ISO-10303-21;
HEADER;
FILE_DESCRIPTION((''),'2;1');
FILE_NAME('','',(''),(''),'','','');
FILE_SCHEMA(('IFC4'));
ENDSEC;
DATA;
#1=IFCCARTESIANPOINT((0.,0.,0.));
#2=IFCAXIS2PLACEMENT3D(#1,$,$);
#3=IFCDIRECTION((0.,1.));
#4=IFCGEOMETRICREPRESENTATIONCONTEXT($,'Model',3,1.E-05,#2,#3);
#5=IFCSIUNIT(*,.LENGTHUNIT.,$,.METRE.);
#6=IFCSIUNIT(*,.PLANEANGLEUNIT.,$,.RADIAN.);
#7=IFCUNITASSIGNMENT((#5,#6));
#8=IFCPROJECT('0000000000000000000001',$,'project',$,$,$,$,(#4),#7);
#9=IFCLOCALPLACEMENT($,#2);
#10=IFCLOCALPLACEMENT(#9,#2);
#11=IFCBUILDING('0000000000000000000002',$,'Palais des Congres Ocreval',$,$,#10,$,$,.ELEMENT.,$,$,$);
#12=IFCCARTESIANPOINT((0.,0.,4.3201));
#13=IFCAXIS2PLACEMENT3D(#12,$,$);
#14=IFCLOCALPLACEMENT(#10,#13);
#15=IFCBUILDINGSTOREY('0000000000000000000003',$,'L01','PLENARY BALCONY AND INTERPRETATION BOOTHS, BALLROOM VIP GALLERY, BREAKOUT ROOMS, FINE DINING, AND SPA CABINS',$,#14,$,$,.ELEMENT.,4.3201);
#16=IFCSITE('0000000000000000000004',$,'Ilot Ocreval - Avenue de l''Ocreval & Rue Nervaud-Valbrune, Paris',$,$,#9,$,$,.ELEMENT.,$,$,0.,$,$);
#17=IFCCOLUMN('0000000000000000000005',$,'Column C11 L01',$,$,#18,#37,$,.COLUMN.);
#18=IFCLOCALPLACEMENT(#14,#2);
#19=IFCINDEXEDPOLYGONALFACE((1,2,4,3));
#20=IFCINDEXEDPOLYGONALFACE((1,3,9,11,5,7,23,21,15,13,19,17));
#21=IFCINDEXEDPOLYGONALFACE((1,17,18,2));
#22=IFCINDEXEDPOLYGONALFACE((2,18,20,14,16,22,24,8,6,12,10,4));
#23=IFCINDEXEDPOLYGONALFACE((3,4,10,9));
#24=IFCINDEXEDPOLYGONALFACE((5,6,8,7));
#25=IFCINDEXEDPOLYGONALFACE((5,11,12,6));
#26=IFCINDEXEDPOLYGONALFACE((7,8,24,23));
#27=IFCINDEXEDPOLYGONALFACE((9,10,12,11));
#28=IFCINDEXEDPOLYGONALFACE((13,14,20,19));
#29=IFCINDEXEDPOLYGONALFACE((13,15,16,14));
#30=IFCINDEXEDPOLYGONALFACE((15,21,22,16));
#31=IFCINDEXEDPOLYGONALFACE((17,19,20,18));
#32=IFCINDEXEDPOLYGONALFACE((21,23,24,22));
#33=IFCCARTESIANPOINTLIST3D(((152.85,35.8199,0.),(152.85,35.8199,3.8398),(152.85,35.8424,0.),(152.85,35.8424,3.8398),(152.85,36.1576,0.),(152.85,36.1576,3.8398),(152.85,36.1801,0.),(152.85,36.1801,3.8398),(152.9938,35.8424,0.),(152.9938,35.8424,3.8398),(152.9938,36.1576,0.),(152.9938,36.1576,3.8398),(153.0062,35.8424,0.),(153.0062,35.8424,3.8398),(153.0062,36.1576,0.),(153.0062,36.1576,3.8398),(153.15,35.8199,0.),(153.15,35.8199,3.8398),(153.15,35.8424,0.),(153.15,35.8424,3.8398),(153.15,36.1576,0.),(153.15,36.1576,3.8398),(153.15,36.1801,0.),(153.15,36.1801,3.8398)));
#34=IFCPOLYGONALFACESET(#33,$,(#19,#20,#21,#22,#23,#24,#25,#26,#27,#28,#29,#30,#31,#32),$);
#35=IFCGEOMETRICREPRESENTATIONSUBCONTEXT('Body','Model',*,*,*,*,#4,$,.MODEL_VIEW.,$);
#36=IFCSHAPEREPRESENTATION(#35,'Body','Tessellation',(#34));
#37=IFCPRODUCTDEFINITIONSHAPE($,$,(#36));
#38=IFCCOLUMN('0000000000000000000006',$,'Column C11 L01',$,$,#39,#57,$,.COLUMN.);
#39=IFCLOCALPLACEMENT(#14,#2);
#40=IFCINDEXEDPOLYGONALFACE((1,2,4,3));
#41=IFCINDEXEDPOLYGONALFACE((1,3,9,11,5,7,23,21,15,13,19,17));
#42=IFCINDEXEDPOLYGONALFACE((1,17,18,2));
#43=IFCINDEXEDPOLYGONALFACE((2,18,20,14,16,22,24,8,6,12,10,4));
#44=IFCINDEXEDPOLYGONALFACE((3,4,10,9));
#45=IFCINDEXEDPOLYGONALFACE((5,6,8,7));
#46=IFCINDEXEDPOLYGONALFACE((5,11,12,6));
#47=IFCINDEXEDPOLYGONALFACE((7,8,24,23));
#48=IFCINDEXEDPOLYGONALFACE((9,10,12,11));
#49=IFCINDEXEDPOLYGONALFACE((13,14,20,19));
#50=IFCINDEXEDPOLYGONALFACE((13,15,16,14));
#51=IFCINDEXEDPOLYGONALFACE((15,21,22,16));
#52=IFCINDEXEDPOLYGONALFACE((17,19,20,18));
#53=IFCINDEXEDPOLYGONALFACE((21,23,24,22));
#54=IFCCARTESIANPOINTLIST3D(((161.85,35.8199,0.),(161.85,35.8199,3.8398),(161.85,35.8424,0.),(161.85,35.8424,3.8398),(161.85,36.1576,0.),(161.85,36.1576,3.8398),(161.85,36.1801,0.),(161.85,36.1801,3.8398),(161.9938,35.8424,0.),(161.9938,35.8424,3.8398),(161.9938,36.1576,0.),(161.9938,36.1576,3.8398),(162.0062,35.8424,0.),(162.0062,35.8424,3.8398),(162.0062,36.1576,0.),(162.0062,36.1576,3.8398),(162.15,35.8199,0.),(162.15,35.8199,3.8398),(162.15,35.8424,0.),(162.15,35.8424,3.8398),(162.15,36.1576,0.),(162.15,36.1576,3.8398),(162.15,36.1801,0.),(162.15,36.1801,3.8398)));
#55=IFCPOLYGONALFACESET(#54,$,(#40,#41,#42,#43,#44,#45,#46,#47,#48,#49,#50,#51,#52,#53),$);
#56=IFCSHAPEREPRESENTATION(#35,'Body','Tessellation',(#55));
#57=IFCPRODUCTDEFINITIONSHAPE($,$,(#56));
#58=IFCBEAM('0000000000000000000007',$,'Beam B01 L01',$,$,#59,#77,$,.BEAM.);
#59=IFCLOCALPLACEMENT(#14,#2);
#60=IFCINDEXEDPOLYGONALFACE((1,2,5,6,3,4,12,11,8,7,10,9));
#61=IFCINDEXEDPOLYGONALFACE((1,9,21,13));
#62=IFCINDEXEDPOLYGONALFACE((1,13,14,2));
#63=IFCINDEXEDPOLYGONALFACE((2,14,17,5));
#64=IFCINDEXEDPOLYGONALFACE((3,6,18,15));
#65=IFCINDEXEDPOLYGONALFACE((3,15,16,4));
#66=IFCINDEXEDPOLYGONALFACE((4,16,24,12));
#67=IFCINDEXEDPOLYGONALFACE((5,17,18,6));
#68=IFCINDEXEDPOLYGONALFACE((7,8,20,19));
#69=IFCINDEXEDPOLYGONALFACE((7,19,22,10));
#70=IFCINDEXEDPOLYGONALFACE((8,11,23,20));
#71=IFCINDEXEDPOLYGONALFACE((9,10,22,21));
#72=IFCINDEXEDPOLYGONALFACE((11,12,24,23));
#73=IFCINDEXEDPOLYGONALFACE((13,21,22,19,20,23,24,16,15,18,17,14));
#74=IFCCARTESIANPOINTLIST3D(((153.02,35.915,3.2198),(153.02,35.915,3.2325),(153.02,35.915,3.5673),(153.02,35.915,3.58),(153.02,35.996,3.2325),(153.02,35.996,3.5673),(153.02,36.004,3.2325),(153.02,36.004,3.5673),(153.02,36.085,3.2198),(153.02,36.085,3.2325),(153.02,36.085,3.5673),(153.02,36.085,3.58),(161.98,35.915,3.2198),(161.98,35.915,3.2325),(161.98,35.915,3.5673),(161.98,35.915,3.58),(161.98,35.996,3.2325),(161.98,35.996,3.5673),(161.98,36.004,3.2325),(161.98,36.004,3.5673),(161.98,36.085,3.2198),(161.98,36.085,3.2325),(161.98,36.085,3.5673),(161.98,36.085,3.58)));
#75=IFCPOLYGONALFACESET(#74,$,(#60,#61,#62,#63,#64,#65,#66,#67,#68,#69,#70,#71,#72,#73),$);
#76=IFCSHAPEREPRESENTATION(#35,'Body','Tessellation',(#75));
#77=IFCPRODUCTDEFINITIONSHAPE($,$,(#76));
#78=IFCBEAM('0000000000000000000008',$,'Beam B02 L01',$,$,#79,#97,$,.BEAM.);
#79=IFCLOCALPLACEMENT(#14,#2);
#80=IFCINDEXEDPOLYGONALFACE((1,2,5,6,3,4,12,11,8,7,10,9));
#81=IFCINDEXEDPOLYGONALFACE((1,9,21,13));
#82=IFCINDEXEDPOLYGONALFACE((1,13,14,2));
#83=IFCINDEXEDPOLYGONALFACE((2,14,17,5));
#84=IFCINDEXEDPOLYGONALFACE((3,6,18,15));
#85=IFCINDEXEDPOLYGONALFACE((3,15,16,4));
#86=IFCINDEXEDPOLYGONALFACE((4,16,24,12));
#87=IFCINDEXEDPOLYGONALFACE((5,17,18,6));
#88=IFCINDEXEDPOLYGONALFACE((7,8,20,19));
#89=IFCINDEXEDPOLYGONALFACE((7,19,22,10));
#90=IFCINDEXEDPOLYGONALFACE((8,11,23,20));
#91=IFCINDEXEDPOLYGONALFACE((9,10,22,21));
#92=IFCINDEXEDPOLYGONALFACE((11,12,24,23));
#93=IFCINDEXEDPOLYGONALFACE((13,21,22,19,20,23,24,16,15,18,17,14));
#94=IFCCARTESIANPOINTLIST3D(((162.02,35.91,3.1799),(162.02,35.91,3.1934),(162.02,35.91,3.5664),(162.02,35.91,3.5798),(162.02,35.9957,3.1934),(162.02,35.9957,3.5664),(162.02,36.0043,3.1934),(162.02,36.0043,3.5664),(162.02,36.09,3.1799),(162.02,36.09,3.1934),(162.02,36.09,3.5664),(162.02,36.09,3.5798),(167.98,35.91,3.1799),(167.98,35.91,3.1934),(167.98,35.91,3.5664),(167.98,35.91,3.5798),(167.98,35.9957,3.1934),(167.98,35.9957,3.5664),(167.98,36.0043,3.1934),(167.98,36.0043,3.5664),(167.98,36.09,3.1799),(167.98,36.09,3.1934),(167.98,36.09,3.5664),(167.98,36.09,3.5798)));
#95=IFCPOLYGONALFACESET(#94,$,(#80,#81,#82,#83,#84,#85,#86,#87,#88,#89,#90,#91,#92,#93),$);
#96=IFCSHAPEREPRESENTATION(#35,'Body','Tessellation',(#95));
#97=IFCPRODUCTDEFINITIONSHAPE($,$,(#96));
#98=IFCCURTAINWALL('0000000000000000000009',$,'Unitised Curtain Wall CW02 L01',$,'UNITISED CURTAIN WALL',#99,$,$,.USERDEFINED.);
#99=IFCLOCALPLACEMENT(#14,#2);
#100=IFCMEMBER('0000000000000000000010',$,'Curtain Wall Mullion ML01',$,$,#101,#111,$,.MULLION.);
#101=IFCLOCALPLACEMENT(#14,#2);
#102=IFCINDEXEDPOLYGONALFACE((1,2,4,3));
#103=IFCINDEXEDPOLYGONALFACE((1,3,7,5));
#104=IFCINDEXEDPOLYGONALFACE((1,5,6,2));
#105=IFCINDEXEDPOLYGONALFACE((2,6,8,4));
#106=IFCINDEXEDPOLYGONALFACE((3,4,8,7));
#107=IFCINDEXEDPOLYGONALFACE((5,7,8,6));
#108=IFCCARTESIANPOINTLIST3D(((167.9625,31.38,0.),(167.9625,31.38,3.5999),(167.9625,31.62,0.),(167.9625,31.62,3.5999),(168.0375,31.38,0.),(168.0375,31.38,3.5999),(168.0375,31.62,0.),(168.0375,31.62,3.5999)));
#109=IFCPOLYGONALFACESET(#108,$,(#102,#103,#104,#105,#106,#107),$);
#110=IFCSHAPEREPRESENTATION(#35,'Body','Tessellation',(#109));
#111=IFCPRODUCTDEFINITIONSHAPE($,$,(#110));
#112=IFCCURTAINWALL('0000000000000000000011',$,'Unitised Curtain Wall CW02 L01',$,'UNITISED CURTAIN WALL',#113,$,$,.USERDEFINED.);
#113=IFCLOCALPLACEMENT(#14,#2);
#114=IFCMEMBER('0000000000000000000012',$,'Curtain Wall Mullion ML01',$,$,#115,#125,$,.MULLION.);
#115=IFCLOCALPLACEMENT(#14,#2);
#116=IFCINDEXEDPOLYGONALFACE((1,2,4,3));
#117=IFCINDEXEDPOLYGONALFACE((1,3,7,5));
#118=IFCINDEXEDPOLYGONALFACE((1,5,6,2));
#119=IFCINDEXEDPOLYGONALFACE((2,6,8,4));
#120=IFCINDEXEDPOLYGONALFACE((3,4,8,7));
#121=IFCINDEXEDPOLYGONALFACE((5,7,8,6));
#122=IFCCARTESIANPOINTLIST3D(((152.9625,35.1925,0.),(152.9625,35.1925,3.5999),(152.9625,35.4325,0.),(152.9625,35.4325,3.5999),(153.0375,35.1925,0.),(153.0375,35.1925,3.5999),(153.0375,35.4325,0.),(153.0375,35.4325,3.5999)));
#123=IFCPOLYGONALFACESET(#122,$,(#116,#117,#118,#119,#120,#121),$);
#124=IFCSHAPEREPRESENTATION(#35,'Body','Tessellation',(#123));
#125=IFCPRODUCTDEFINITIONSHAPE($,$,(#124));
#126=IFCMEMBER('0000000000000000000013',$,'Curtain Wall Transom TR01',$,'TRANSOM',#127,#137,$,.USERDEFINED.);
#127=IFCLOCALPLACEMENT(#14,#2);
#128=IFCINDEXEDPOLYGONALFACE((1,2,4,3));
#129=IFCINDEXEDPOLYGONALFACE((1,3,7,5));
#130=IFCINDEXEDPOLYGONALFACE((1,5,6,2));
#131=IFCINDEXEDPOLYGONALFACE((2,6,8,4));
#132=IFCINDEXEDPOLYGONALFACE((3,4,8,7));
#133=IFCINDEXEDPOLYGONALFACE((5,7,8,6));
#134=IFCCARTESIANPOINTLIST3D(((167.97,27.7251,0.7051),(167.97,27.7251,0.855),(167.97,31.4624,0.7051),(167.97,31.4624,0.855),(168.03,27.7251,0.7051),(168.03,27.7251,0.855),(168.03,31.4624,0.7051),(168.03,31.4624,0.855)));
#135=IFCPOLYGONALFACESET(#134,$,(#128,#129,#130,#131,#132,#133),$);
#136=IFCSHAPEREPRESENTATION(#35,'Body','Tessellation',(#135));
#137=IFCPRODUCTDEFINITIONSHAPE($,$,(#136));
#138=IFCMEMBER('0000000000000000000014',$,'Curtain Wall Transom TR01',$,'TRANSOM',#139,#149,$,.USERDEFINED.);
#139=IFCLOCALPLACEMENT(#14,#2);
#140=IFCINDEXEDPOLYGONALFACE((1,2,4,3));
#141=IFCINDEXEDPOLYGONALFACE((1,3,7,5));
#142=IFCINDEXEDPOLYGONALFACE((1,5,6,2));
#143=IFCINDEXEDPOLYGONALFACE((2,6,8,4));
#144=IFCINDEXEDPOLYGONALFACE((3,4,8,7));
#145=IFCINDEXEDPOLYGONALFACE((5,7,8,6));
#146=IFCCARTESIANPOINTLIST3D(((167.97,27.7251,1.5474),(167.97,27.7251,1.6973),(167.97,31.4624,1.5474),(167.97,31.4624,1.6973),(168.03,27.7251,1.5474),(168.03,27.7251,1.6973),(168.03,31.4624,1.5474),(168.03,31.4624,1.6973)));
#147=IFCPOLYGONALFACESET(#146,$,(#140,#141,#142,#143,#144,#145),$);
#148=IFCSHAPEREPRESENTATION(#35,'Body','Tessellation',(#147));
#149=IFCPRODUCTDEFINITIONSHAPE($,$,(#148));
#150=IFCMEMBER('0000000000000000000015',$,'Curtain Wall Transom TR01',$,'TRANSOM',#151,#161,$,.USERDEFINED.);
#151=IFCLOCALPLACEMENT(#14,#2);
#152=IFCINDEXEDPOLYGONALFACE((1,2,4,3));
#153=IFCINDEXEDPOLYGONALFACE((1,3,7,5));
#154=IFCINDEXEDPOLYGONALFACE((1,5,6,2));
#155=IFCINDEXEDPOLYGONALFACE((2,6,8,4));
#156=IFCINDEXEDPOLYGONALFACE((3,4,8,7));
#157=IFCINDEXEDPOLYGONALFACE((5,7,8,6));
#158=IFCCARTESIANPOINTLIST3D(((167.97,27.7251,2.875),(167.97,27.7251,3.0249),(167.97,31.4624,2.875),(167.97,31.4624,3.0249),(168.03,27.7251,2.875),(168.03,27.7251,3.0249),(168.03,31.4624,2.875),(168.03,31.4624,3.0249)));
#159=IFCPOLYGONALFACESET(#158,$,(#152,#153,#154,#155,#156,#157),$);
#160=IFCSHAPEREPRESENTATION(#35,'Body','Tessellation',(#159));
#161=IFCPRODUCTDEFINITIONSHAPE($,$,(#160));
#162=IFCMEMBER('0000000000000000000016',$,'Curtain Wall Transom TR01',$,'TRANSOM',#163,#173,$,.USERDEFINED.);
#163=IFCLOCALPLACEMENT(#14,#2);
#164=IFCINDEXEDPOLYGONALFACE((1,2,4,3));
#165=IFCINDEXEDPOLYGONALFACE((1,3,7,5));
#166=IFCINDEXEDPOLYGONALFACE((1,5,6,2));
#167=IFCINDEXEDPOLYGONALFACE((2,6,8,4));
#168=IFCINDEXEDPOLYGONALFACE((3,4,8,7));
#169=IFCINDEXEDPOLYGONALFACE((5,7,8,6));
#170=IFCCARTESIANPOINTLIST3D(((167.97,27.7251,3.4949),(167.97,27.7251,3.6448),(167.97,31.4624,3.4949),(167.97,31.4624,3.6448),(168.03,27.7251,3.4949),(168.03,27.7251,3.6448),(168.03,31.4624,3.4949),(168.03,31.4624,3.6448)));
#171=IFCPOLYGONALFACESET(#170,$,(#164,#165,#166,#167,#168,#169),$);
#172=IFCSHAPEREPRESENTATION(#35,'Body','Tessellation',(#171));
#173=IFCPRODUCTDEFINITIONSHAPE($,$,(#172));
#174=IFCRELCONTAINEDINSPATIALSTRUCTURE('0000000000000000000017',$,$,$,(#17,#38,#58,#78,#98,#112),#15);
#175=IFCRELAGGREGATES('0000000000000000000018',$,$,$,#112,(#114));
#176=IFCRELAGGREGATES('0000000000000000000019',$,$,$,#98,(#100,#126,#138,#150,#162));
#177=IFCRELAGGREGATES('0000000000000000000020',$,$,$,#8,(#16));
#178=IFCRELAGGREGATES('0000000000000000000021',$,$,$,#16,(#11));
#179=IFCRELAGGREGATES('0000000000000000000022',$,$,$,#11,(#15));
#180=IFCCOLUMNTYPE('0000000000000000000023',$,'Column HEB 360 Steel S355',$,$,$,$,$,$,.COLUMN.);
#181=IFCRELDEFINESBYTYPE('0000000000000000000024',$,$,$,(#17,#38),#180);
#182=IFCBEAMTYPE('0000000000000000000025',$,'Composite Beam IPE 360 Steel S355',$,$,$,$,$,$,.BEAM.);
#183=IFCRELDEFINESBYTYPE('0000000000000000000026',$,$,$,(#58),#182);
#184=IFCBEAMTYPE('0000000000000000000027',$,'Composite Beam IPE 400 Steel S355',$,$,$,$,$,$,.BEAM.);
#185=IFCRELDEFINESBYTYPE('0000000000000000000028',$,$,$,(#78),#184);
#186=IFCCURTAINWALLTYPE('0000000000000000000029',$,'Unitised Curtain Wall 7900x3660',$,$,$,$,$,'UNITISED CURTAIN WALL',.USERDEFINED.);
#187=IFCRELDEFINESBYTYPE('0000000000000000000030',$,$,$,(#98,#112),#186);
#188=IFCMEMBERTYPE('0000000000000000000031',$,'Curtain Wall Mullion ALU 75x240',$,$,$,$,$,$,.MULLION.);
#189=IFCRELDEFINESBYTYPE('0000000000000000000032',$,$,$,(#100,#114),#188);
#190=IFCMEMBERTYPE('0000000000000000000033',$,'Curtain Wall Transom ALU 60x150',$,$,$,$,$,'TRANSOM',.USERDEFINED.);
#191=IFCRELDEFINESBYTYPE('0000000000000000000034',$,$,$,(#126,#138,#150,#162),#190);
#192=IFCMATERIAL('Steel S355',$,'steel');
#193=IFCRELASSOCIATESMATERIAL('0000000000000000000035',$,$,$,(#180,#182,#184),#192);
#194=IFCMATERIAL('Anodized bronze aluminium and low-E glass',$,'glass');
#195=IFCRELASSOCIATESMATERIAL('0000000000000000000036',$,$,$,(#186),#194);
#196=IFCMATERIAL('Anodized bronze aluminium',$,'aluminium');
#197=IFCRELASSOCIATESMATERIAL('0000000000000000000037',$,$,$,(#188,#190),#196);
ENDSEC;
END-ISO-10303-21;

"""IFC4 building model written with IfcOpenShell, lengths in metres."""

from ifc_helpers import new_model, si_unit, direction, frame, origin, origin_2d, place, context, subcontext, project, spatial, rectangle, i_section, extrude, material, material_profile, profile_set, type_object, element, aggregate, save


model = new_model("IFC4")

# Units and contexts
model_context = context("Model", 3, precision=1e-05, world=origin(), true_north=direction((0.0, 1.0)))
body_context = subcontext(model_context, "Body", "Model", "MODEL_VIEW")
ifc_project = project(units=[si_unit("LENGTHUNIT", "METRE"), si_unit("PLANEANGLEUNIT", "RADIAN")], contexts=[model_context])

# Site, building, storey
site_placement = place(None, origin())
site = spatial("IfcSite", under=ifc_project, at=site_placement, Name="Ilot Ocreval - Avenue de l'Ocreval & Rue Nervaud-Valbrune, Paris", CompositionType="ELEMENT", RefElevation=0.0)
building_placement = place(site_placement, origin())
building = spatial("IfcBuilding", under=site, at=building_placement, Name="Palais des Congres Ocreval", CompositionType="ELEMENT")
storey_placement = place(building_placement, frame((0.0, 0.0, 4.3201)))
storey = spatial("IfcBuildingStorey", under=building, at=storey_placement, Name="L01", Description="PLENARY BALCONY AND INTERPRETATION BOOTHS, BALLROOM VIP GALLERY, BREAKOUT ROOMS, FINE DINING, AND SPA CABINS", CompositionType="ELEMENT", Elevation=4.3201)

# Columns
ifc_material_1 = material(Name="Steel S355", Category="steel")
ifc_material_profile_1 = material_profile(ifc_material_1, i_section(OverallWidth=0.3, OverallDepth=0.3601, WebThickness=0.0125, FlangeThickness=0.0225, at=origin_2d()), Name="HEB 360")
ifc_profile_set_1 = profile_set([ifc_material_profile_1], Name="Steel S355")
column_type = type_object("IfcColumnType", Name="Column HEB 360 Steel S355", PredefinedType="COLUMN", material=ifc_profile_set_1)
for number, where, z_axis, x_axis, name in (
    (1, (153.0, 36.0, 0.0), (0.0, 0.0, 1.0), (1.0, 0.0, 0.0), "Column C11 L01"),
    (2, (162.0, 36.0, 0.0), (0.0, 0.0, 1.0), (1.0, 0.0, 0.0), "Column C11 L01"),
):
    element("IfcColumn", number, at=place(storey_placement, frame(where, z_axis=z_axis, x_axis=x_axis)), inside=storey, type_object=column_type, Name=name, PredefinedType="COLUMN", context=body_context, shape_type="SweptSolid", body=[
        extrude(i_section(OverallWidth=0.3, OverallDepth=0.3601, WebThickness=0.0125, FlangeThickness=0.0225, at=origin_2d()), origin(), (0.0, 0.0, 1.0), 3.8398),
    ])

# Beams
ifc_material_profile_2 = material_profile(ifc_material_1, i_section(OverallWidth=0.1699, OverallDepth=0.3601, WebThickness=0.0081, FlangeThickness=0.0127, at=origin_2d()), Name="IPE 360")
ifc_profile_set_2 = profile_set([ifc_material_profile_2], Name="Steel S355")
beam_type_1 = type_object("IfcBeamType", Name="Composite Beam IPE 360 Steel S355", PredefinedType="BEAM", material=ifc_profile_set_2)
beam_1_placement = place(storey_placement, frame((153.02, 36.0, 3.3999), z_axis=(1.0, 0.0, 0.0), x_axis=(0.0, 1.0, 0.0)))
element("IfcBeam", 3, at=beam_1_placement, inside=storey, type_object=beam_type_1, Name="Beam B01 L01", PredefinedType="BEAM", context=body_context, shape_type="SweptSolid", body=[
    extrude(i_section(OverallWidth=0.1699, OverallDepth=0.3601, WebThickness=0.0081, FlangeThickness=0.0127, at=origin_2d()), origin(), (0.0, 0.0, 1.0), 8.96),
])
ifc_material_profile_3 = material_profile(ifc_material_1, i_section(OverallWidth=0.1799, OverallDepth=0.3999, WebThickness=0.0085, FlangeThickness=0.0134, at=origin_2d()), Name="IPE 400")
ifc_profile_set_3 = profile_set([ifc_material_profile_3], Name="Steel S355")
beam_type_2 = type_object("IfcBeamType", Name="Composite Beam IPE 400 Steel S355", PredefinedType="BEAM", material=ifc_profile_set_3)
beam_2_placement = place(storey_placement, frame((162.02, 36.0, 3.3799), z_axis=(1.0, 0.0, 0.0), x_axis=(0.0, 1.0, 0.0)))
element("IfcBeam", 4, at=beam_2_placement, inside=storey, type_object=beam_type_2, Name="Beam B02 L01", PredefinedType="BEAM", context=body_context, shape_type="SweptSolid", body=[
    extrude(i_section(OverallWidth=0.1799, OverallDepth=0.3999, WebThickness=0.0085, FlangeThickness=0.0134, at=origin_2d()), origin(), (0.0, 0.0, 1.0), 5.96),
])

# Curtain walls, members
ifc_material_2 = material(Name="Anodized bronze aluminium and low-E glass", Category="glass")
curtain_wall_type = type_object("IfcCurtainWallType", Name="Unitised Curtain Wall 7900x3660", ElementType="UNITISED CURTAIN WALL", PredefinedType="USERDEFINED", material=ifc_material_2)
curtain_wall_1_placement = place(storey_placement, origin())
curtain_wall_1 = element("IfcCurtainWall", 5, at=curtain_wall_1_placement, inside=storey, type_object=curtain_wall_type, Name="Unitised Curtain Wall CW02 L01", ObjectType="UNITISED CURTAIN WALL", PredefinedType="USERDEFINED")
ifc_material_3 = material(Name="Anodized bronze aluminium", Category="aluminium")
ifc_material_profile_4 = material_profile(ifc_material_3, rectangle(XDim=0.075, YDim=0.24, at=origin_2d()), Name="ALU 75x240")
ifc_profile_set_4 = profile_set([ifc_material_profile_4], Name="Anodized bronze aluminium")
member_type_1 = type_object("IfcMemberType", Name="Curtain Wall Mullion ALU 75x240", PredefinedType="MULLION", material=ifc_profile_set_4)
member_1_placement = place(storey_placement, frame((168.0, 31.5, 0.0), z_axis=(0.0, 0.0, 1.0), x_axis=(1.0, 0.0, 0.0)))
member_1 = element("IfcMember", 6, at=member_1_placement, type_object=member_type_1, Name="Curtain Wall Mullion ML01", PredefinedType="MULLION", context=body_context, shape_type="SweptSolid", body=[
    extrude(rectangle(XDim=0.075, YDim=0.24, at=origin_2d()), origin(), (0.0, 0.0, 1.0), 3.5999),
])
curtain_wall_2_placement = place(storey_placement, origin())
curtain_wall_2 = element("IfcCurtainWall", 7, at=curtain_wall_2_placement, inside=storey, type_object=curtain_wall_type, Name="Unitised Curtain Wall CW02 L01", ObjectType="UNITISED CURTAIN WALL", PredefinedType="USERDEFINED")
member_2_placement = place(storey_placement, frame((153.0, 35.3125, 0.0), z_axis=(0.0, 0.0, 1.0), x_axis=(-1.0, 0.0, 0.0)))
member_2 = element("IfcMember", 8, at=member_2_placement, type_object=member_type_1, Name="Curtain Wall Mullion ML01", PredefinedType="MULLION", context=body_context, shape_type="SweptSolid", body=[
    extrude(rectangle(XDim=0.075, YDim=0.24, at=origin_2d()), origin(), (0.0, 0.0, 1.0), 3.5999),
])
aggregate(curtain_wall_2, [member_2])

# Members
ifc_material_profile_5 = material_profile(ifc_material_3, rectangle(XDim=0.0601, YDim=0.1499, at=origin_2d()), Name="ALU 60x150")
ifc_profile_set_5 = profile_set([ifc_material_profile_5], Name="Anodized bronze aluminium")
member_type_2 = type_object("IfcMemberType", Name="Curtain Wall Transom ALU 60x150", ElementType="TRANSOM", PredefinedType="USERDEFINED", material=ifc_profile_set_5)
member_3_placement = place(storey_placement, frame((168.0, 31.4624, 0.78), z_axis=(0.0, -1.0, 0.0), x_axis=(1.0, 0.0, 0.0)))
member_3 = element("IfcMember", 9, at=member_3_placement, type_object=member_type_2, Name="Curtain Wall Transom TR01", ObjectType="TRANSOM", PredefinedType="USERDEFINED", context=body_context, shape_type="SweptSolid", body=[
    extrude(rectangle(XDim=0.0601, YDim=0.1499, at=origin_2d()), origin(), (0.0, 0.0, 1.0), 3.7373),
])
member_4_placement = place(storey_placement, frame((168.0, 31.4624, 1.6223), z_axis=(0.0, -1.0, 0.0), x_axis=(1.0, 0.0, 0.0)))
member_4 = element("IfcMember", 10, at=member_4_placement, type_object=member_type_2, Name="Curtain Wall Transom TR01", ObjectType="TRANSOM", PredefinedType="USERDEFINED", context=body_context, shape_type="SweptSolid", body=[
    extrude(rectangle(XDim=0.0601, YDim=0.1499, at=origin_2d()), origin(), (0.0, 0.0, 1.0), 3.7373),
])
member_5_placement = place(storey_placement, frame((168.0, 31.4624, 2.95), z_axis=(0.0, -1.0, 0.0), x_axis=(1.0, 0.0, 0.0)))
member_5 = element("IfcMember", 11, at=member_5_placement, type_object=member_type_2, Name="Curtain Wall Transom TR01", ObjectType="TRANSOM", PredefinedType="USERDEFINED", context=body_context, shape_type="SweptSolid", body=[
    extrude(rectangle(XDim=0.0601, YDim=0.1499, at=origin_2d()), origin(), (0.0, 0.0, 1.0), 3.7373),
])
member_6_placement = place(storey_placement, frame((168.0, 31.4624, 3.5698), z_axis=(0.0, -1.0, 0.0), x_axis=(1.0, 0.0, 0.0)))
member_6 = element("IfcMember", 12, at=member_6_placement, type_object=member_type_2, Name="Curtain Wall Transom TR01", ObjectType="TRANSOM", PredefinedType="USERDEFINED", context=body_context, shape_type="SweptSolid", body=[
    extrude(rectangle(XDim=0.0601, YDim=0.1499, at=origin_2d()), origin(), (0.0, 0.0, 1.0), 3.7373),
])

aggregate(curtain_wall_1, [member_1, member_3, member_4, member_5, member_6])

save(model, "model.ifc")
